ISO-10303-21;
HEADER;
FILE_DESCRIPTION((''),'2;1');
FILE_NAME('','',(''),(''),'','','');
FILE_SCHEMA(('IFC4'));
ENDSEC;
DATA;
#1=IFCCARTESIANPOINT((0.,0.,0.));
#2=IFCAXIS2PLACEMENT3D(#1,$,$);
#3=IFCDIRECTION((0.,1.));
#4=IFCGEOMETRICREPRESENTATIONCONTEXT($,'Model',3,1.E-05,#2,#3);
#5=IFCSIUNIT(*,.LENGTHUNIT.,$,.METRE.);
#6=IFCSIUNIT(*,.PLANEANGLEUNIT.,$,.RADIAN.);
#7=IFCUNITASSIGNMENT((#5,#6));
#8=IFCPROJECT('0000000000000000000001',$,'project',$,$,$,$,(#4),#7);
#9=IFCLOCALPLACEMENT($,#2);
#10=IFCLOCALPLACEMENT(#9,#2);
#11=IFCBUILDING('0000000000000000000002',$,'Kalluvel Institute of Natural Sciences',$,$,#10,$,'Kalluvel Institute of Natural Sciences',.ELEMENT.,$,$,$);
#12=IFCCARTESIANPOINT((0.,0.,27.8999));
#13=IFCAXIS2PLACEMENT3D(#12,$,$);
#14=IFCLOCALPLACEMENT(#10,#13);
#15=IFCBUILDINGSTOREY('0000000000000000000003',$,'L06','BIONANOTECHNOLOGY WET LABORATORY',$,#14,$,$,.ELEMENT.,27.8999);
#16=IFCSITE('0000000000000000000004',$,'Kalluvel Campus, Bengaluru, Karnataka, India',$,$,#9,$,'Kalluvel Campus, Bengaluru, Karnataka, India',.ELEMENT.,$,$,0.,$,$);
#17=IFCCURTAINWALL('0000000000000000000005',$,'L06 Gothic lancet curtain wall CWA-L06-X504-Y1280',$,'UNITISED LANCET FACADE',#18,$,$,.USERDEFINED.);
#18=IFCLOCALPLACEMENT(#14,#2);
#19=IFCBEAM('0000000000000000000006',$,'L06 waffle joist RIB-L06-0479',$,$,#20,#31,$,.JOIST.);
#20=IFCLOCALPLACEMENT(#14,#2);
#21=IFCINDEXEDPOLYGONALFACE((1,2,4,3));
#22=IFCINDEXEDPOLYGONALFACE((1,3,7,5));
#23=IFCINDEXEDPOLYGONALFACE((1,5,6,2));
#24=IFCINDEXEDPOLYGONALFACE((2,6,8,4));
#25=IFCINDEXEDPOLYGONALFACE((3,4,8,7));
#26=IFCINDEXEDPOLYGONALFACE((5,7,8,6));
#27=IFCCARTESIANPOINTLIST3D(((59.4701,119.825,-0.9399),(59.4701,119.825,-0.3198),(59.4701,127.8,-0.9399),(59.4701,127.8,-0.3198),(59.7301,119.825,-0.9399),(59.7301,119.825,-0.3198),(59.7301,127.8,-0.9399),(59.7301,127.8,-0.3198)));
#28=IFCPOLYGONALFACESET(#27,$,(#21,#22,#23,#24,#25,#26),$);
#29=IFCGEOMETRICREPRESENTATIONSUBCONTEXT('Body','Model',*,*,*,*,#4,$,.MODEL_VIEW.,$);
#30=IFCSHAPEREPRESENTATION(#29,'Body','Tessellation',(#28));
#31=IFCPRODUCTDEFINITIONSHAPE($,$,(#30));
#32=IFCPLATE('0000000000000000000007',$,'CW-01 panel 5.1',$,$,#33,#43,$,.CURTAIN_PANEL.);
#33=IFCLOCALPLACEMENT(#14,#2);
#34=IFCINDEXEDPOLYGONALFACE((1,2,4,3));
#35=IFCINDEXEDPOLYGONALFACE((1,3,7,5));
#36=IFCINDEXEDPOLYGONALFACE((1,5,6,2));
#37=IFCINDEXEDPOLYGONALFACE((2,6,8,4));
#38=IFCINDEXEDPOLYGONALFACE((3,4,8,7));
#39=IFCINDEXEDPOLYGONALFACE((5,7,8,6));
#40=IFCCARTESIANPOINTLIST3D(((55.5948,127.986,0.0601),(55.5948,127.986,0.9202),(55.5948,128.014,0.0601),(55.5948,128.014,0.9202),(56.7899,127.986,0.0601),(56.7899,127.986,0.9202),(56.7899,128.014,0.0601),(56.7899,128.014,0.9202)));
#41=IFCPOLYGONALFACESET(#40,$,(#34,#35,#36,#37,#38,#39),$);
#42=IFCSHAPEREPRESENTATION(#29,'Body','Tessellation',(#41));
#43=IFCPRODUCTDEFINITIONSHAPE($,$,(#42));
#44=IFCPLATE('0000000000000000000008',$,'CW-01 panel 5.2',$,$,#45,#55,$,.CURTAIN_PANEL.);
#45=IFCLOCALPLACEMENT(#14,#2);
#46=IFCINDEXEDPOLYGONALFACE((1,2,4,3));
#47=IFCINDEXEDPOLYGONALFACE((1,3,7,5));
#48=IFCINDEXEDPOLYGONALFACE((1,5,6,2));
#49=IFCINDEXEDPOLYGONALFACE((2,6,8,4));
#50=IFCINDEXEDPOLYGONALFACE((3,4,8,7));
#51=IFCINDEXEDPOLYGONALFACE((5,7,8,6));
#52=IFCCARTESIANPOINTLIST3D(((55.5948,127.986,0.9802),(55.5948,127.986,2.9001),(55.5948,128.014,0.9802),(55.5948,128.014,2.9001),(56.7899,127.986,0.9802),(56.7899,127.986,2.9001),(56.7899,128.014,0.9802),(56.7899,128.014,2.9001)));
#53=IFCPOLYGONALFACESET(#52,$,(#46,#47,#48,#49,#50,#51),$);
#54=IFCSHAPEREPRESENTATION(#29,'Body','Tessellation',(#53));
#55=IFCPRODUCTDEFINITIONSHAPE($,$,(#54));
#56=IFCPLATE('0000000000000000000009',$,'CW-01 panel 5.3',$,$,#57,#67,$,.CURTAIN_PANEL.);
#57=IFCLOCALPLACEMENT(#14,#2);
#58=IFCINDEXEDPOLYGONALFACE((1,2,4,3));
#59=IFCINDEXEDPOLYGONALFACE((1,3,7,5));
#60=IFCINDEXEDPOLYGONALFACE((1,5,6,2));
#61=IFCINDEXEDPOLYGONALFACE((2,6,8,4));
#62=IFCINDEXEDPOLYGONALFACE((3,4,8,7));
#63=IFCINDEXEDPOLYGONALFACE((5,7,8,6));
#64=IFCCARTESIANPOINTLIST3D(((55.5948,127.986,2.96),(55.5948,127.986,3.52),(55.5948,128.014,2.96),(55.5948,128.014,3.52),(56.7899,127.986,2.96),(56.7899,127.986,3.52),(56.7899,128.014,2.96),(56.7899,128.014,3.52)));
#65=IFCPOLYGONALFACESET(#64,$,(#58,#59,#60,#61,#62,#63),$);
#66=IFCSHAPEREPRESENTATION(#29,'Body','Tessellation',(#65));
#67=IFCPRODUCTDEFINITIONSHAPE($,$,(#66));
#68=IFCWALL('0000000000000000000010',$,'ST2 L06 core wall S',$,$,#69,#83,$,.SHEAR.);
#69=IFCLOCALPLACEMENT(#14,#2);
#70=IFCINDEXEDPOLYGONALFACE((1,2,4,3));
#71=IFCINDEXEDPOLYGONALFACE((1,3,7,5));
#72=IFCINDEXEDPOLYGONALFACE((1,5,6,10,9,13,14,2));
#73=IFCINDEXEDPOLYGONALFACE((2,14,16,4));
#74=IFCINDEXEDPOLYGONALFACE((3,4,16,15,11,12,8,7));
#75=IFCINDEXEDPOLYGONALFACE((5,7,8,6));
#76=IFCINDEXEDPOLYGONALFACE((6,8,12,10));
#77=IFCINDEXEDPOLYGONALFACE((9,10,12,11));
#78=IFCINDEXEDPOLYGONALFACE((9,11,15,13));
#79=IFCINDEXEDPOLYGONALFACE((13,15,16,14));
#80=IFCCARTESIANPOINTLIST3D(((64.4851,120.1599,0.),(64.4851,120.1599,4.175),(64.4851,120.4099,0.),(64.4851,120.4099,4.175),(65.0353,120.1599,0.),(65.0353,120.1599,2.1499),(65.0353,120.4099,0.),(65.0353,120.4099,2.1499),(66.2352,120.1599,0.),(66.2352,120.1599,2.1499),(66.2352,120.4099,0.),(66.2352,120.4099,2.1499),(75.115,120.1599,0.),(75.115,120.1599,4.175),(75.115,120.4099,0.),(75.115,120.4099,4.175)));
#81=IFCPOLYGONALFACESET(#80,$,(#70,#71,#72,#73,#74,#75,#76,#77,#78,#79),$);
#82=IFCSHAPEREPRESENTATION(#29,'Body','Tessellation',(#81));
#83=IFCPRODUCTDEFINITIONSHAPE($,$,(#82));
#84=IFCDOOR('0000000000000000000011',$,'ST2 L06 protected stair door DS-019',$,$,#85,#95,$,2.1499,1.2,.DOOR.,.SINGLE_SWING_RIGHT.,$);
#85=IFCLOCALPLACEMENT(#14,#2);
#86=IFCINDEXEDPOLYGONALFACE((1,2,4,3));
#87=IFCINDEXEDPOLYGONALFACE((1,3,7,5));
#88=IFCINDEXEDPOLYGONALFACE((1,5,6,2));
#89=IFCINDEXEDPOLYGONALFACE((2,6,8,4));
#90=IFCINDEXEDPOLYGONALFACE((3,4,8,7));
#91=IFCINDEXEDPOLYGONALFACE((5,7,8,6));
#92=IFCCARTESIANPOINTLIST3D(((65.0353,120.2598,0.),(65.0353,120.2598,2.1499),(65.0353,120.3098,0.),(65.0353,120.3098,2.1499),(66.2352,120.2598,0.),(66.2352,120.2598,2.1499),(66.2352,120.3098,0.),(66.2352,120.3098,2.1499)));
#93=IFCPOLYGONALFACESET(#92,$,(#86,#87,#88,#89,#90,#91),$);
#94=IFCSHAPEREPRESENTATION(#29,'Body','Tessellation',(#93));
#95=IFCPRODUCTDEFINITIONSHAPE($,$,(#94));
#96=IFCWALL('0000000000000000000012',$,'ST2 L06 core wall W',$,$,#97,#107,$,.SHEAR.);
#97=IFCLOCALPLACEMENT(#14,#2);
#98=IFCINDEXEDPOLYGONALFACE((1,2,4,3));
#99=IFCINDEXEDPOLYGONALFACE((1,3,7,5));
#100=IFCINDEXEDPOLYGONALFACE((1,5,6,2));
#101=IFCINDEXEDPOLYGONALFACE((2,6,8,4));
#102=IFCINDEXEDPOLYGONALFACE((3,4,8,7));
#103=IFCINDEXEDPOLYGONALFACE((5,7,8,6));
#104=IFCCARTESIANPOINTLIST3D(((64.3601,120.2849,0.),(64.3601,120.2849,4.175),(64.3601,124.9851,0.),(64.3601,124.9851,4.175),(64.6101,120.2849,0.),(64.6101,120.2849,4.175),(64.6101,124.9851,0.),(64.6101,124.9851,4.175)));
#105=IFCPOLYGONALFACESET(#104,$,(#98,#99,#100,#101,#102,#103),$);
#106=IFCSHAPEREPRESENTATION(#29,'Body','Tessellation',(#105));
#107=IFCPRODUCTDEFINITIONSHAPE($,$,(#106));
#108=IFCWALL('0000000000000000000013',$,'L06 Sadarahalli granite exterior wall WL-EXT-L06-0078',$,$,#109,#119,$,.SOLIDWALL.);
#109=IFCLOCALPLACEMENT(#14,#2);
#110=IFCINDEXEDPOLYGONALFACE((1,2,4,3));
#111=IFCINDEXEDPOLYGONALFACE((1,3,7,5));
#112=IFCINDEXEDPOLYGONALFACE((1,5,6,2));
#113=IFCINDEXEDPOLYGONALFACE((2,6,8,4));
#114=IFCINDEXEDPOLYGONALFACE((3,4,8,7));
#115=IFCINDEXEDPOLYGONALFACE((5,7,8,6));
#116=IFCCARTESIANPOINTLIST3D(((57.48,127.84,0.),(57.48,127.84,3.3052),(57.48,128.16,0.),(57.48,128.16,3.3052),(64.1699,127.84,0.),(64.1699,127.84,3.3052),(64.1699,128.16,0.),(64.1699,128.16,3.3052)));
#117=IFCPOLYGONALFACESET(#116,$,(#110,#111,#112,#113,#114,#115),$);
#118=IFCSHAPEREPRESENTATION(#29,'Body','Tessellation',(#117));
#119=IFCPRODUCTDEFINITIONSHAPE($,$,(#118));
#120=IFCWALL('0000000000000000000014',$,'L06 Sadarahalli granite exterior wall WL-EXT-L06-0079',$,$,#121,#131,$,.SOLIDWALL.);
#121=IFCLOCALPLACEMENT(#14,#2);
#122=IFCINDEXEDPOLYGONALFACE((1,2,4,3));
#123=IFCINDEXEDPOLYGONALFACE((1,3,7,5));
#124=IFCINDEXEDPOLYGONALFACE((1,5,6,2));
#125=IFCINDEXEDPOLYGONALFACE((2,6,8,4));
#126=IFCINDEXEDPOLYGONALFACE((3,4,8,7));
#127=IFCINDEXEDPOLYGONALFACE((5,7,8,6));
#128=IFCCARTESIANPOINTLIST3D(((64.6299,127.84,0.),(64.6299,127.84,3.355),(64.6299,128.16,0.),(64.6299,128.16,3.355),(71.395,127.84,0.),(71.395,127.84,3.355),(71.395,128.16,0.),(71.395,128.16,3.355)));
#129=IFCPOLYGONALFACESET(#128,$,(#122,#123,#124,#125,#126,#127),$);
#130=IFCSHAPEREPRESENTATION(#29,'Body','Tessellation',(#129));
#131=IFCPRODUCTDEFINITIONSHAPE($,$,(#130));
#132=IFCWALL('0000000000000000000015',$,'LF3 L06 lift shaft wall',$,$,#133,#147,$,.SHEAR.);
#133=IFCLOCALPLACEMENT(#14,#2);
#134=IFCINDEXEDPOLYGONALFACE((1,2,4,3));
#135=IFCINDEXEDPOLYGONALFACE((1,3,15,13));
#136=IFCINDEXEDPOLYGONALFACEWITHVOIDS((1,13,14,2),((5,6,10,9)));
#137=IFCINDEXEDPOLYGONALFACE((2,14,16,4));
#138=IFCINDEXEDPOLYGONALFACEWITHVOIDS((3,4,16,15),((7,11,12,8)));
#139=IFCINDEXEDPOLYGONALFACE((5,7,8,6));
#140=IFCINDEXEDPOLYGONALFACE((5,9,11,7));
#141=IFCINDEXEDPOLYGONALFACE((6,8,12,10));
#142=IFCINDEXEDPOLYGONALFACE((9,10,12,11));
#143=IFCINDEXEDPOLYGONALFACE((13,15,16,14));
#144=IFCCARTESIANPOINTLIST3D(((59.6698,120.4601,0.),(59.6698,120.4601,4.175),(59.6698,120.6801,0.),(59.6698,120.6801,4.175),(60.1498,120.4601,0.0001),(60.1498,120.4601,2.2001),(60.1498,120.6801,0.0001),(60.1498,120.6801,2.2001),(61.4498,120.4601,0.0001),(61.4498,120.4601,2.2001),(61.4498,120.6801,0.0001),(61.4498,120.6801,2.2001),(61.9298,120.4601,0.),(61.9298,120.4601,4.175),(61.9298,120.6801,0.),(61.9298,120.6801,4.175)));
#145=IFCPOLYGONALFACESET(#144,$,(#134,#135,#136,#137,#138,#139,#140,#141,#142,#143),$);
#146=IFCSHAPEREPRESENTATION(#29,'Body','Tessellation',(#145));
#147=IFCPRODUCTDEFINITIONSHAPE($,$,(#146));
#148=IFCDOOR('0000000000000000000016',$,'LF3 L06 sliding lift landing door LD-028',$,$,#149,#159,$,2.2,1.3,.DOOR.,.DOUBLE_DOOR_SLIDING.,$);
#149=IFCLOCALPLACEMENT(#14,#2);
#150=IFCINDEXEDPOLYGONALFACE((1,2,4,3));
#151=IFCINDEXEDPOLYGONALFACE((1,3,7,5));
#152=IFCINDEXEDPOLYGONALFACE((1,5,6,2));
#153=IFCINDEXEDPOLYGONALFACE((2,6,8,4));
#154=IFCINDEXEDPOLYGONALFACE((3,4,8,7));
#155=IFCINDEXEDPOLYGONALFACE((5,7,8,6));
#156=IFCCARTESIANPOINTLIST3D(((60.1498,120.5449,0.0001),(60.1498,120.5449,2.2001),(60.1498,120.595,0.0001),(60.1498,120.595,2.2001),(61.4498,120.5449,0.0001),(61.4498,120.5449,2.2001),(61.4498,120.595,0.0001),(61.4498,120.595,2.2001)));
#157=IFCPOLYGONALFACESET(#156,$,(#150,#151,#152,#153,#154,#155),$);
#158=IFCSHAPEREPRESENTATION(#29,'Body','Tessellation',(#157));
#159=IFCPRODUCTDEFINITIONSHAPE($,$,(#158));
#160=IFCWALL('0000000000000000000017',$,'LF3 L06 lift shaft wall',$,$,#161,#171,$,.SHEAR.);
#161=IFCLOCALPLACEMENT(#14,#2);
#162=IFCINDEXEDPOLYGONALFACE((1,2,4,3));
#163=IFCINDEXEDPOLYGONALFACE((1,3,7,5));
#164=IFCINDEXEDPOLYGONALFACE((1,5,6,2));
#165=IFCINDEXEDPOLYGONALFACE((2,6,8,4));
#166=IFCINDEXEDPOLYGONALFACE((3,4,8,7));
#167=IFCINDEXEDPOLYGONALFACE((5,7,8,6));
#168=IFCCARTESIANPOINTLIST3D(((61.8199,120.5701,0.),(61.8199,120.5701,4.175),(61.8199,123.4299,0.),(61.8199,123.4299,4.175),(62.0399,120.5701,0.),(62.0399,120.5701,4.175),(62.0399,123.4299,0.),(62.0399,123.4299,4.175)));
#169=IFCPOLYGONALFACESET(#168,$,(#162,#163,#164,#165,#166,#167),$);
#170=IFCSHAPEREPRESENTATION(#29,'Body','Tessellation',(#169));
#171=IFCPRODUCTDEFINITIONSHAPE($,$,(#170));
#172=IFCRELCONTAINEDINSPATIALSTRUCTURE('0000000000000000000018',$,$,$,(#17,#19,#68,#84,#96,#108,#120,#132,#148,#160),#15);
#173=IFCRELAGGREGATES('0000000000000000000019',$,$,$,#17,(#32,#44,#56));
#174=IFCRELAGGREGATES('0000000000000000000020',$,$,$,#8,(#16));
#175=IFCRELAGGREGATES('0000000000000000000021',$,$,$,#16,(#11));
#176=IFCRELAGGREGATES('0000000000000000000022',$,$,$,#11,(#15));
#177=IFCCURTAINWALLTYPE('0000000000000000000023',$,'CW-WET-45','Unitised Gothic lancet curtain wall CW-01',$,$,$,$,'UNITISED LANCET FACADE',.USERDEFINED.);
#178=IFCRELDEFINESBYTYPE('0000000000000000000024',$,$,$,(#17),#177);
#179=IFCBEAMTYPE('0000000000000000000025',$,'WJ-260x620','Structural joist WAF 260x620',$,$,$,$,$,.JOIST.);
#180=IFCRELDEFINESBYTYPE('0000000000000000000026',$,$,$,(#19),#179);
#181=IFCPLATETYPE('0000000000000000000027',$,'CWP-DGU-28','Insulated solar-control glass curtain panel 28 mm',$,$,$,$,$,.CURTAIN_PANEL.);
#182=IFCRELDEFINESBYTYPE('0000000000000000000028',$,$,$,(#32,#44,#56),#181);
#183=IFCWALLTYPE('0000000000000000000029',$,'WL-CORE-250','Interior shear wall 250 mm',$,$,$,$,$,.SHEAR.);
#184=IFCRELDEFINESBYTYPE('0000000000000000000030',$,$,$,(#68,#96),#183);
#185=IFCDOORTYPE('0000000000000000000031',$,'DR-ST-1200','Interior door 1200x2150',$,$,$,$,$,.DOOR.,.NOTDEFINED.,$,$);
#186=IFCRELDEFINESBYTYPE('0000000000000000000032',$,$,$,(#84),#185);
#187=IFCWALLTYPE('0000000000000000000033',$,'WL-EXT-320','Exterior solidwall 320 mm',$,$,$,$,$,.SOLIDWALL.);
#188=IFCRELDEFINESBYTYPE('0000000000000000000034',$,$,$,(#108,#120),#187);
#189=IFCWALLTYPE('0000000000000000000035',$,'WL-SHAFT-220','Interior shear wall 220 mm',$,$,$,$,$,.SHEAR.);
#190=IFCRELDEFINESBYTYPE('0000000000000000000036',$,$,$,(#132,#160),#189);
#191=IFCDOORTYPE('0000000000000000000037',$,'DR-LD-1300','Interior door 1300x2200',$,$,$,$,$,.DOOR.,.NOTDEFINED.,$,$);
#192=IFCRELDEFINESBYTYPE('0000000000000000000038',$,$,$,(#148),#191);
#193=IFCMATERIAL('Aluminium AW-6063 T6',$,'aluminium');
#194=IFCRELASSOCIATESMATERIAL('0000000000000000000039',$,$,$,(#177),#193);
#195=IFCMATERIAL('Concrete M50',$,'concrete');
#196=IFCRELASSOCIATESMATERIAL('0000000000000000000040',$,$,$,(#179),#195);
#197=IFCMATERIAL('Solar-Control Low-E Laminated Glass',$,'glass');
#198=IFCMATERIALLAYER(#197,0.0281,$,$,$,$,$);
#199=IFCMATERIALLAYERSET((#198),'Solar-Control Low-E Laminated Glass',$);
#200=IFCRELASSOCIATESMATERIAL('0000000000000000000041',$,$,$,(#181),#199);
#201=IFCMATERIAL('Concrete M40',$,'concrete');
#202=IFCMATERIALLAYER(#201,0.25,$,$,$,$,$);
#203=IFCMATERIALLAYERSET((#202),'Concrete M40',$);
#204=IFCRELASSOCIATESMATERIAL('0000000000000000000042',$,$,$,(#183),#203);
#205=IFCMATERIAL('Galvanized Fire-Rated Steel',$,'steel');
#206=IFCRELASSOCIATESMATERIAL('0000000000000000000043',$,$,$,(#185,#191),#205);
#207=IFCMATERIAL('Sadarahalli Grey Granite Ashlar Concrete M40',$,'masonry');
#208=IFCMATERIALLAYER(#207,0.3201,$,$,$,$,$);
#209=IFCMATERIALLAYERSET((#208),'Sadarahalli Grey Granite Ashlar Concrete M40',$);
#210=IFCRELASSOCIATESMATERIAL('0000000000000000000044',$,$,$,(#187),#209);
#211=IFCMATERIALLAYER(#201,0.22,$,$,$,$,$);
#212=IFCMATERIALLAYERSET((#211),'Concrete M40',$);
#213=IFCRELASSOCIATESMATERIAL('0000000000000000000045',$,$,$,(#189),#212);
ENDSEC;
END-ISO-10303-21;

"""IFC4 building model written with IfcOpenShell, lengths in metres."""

from ifc_helpers import new_model, si_unit, direction, frame, frame_2d, origin, origin_2d, place, context, subcontext, project, spatial, rectangle, extrude, material, layer, layer_set, material_profile, profile_set, type_object, element, fill, aggregate, save


model = new_model("IFC4")

# Units and contexts
model_context = context("Model", 3, precision=1e-05, world=origin(), true_north=direction((0.0, 1.0)))
body_context = subcontext(model_context, "Body", "Model", "MODEL_VIEW")
ifc_project = project(units=[si_unit("LENGTHUNIT", "METRE"), si_unit("PLANEANGLEUNIT", "RADIAN")], contexts=[model_context])

# Site, building, storey
site_placement = place(None, origin())
site = spatial("IfcSite", under=ifc_project, at=site_placement, Name="Kalluvel Campus, Bengaluru, Karnataka, India", LongName="Kalluvel Campus, Bengaluru, Karnataka, India", CompositionType="ELEMENT", RefElevation=0.0)
building_placement = place(site_placement, origin())
building = spatial("IfcBuilding", under=site, at=building_placement, Name="Kalluvel Institute of Natural Sciences", LongName="Kalluvel Institute of Natural Sciences", CompositionType="ELEMENT")
storey_placement = place(building_placement, frame((0.0, 0.0, 27.8999)))
storey = spatial("IfcBuildingStorey", under=building, at=storey_placement, Name="L06", Description="BIONANOTECHNOLOGY WET LABORATORY", CompositionType="ELEMENT", Elevation=27.8999)

# Shared definitions
ifc_material_1 = material(Name="Concrete M40", Category="concrete")

# Shared definitions
ifc_material_2 = material(Name="Concrete M50", Category="concrete")

# Curtain wall
ifc_material_3 = material(Name="Aluminium AW-6063 T6", Category="aluminium")
curtain_wall_type = type_object("IfcCurtainWallType", Name="CW-WET-45", Description="Unitised Gothic lancet curtain wall CW-01", ElementType="UNITISED LANCET FACADE", PredefinedType="USERDEFINED", material=ifc_material_3)
curtain_wall_placement = place(storey_placement, origin())
curtain_wall = element("IfcCurtainWall", 1, at=curtain_wall_placement, inside=storey, type_object=curtain_wall_type, Name="L06 Gothic lancet curtain wall CWA-L06-X504-Y1280", ObjectType="UNITISED LANCET FACADE", PredefinedType="USERDEFINED")

# Beam
ifc_material_profile_1 = material_profile(ifc_material_2, rectangle(XDim=0.26, YDim=0.6201, at=origin_2d()), Name="WAF 260x620")
ifc_profile_set_1 = profile_set([ifc_material_profile_1], Name="Concrete M50")
beam_type_1 = type_object("IfcBeamType", Name="WJ-260x620", Description="Structural joist WAF 260x620", PredefinedType="JOIST", material=ifc_profile_set_1)
beam_1_placement = place(storey_placement, frame((59.6001, 119.825, -0.6299), z_axis=(0.0, 1.0, 0.0), x_axis=(-1.0, 0.0, 0.0)))
element("IfcBeam", 2, at=beam_1_placement, inside=storey, type_object=beam_type_1, Name="L06 waffle joist RIB-L06-0479", PredefinedType="JOIST", context=body_context, shape_type="SweptSolid", body=[
    extrude(rectangle(XDim=0.26, YDim=0.6201, at=origin_2d()), origin(), (0.0, 0.0, 1.0), 7.9751),
])

# Plates
ifc_material_4 = material(Name="Solar-Control Low-E Laminated Glass", Category="glass")
ifc_layer_1 = layer(ifc_material_4, 0.0281)
ifc_layer_set_1 = layer_set([ifc_layer_1], Name="Solar-Control Low-E Laminated Glass")
plate_type = type_object("IfcPlateType", Name="CWP-DGU-28", Description="Insulated solar-control glass curtain panel 28 mm", PredefinedType="CURTAIN_PANEL", material=ifc_layer_set_1)
plate_1_placement = place(storey_placement, frame((56.1924, 128.0, 0.0601), z_axis=(0.0, 0.0, 1.0), x_axis=(1.0, 0.0, 0.0)))
plate_1 = element("IfcPlate", 3, at=plate_1_placement, type_object=plate_type, Name="CW-01 panel 5.1", PredefinedType="CURTAIN_PANEL", context=body_context, shape_type="SweptSolid", body=[
    extrude(rectangle(XDim=1.1951, YDim=0.0281, at=origin_2d()), origin(), (0.0, 0.0, 1.0), 0.8601),
])
plate_2_placement = place(storey_placement, frame((56.1924, 128.0, 0.9802), z_axis=(0.0, 0.0, 1.0), x_axis=(1.0, 0.0, 0.0)))
plate_2 = element("IfcPlate", 4, at=plate_2_placement, type_object=plate_type, Name="CW-01 panel 5.2", PredefinedType="CURTAIN_PANEL", context=body_context, shape_type="SweptSolid", body=[
    extrude(rectangle(XDim=1.1951, YDim=0.0281, at=origin_2d()), origin(), (0.0, 0.0, 1.0), 1.9199),
])
plate_3_placement = place(storey_placement, frame((56.1924, 128.0, 2.96), z_axis=(0.0, 0.0, 1.0), x_axis=(1.0, 0.0, 0.0)))
plate_3 = element("IfcPlate", 5, at=plate_3_placement, type_object=plate_type, Name="CW-01 panel 5.3", PredefinedType="CURTAIN_PANEL", context=body_context, shape_type="SweptSolid", body=[
    extrude(rectangle(XDim=1.1951, YDim=0.0281, at=origin_2d()), origin(), (0.0, 0.0, 1.0), 0.5601),
])
aggregate(curtain_wall, [plate_1, plate_2, plate_3])

# Wall, opening, door
ifc_layer_2 = layer(ifc_material_1, 0.25)
ifc_layer_set_2 = layer_set([ifc_layer_2], Name="Concrete M40")
wall_type_1 = type_object("IfcWallType", Name="WL-CORE-250", Description="Interior shear wall 250 mm", PredefinedType="SHEAR", material=ifc_layer_set_2)
wall_1_placement = place(storey_placement, frame((64.4851, 120.2849, 0.0), z_axis=(0.0, 0.0, 1.0), x_axis=(1.0, 0.0, 0.0)))
wall_1 = element("IfcWall", 6, at=wall_1_placement, inside=storey, type_object=wall_type_1, Name="ST2 L06 core wall S", PredefinedType="SHEAR", context=body_context, shape_type="SweptSolid", body=[
    extrude(rectangle(XDim=10.6299, YDim=0.25, at=frame_2d((5.3149, 0.0))), origin(), (0.0, 0.0, 1.0), 4.175),
])
opening_1_placement = place(wall_1_placement, frame((0.55, 0.0, 0.0)))
opening_1 = element("IfcOpeningElement", 7, at=opening_1_placement, cuts=wall_1, PredefinedType="OPENING", context=body_context, shape_type="SweptSolid", body=[
    extrude(rectangle(XDim=1.2, YDim=2.1499, at=frame_2d((0.6001, 1.075))), frame((0.0, 0.135, 0.0), z_axis=(0.0, -1.0, 0.0), x_axis=(1.0, 0.0, 0.0)), (0.0, 0.0, 1.0), 0.27),
])
ifc_material_5 = material(Name="Galvanized Fire-Rated Steel", Category="steel")
door_type_1 = type_object("IfcDoorType", Name="DR-ST-1200", Description="Interior door 1200x2150", OperationType="NOTDEFINED", PredefinedType="DOOR", material=ifc_material_5)
door_1_placement = place(opening_1_placement, origin())
door_1 = element("IfcDoor", 8, at=door_1_placement, inside=storey, type_object=door_type_1, Name="ST2 L06 protected stair door DS-019", OperationType="SINGLE_SWING_RIGHT", OverallHeight=2.1499, OverallWidth=1.2, PredefinedType="DOOR", context=body_context, shape_type="SweptSolid", body=[
    extrude(rectangle(XDim=1.2, YDim=2.1499, at=frame_2d((0.6001, 1.075))), frame((0.0, 0.0249, 0.0), z_axis=(0.0, -1.0, 0.0), x_axis=(1.0, 0.0, 0.0)), (0.0, 0.0, 1.0), 0.05),
])
fill(opening_1, door_1)

# Walls
wall_2_placement = place(storey_placement, frame((64.4851, 124.9851, 0.0), z_axis=(0.0, 0.0, 1.0), x_axis=(0.0, -1.0, 0.0)))
element("IfcWall", 9, at=wall_2_placement, inside=storey, type_object=wall_type_1, Name="ST2 L06 core wall W", PredefinedType="SHEAR", context=body_context, shape_type="SweptSolid", body=[
    extrude(rectangle(XDim=4.7002, YDim=0.25, at=frame_2d((2.3501, 0.0))), origin(), (0.0, 0.0, 1.0), 4.175),
])
ifc_material_6 = material(Name="Sadarahalli Grey Granite Ashlar Concrete M40", Category="masonry")
ifc_layer_3 = layer(ifc_material_6, 0.3201)
ifc_layer_set_3 = layer_set([ifc_layer_3], Name="Sadarahalli Grey Granite Ashlar Concrete M40")
wall_type_2 = type_object("IfcWallType", Name="WL-EXT-320", Description="Exterior solidwall 320 mm", PredefinedType="SOLIDWALL", material=ifc_layer_set_3)
wall_3_placement = place(storey_placement, frame((57.48, 128.0, 0.0), z_axis=(0.0, 0.0, 1.0), x_axis=(1.0, 0.0, 0.0)))
element("IfcWall", 10, at=wall_3_placement, inside=storey, type_object=wall_type_2, Name="L06 Sadarahalli granite exterior wall WL-EXT-L06-0078", PredefinedType="SOLIDWALL", context=body_context, shape_type="SweptSolid", body=[
    extrude(rectangle(XDim=6.6899, YDim=0.3201, at=frame_2d((3.345, 0.0))), origin(), (0.0, 0.0, 1.0), 3.3052),
])
wall_4_placement = place(storey_placement, frame((64.6299, 128.0, 0.0), z_axis=(0.0, 0.0, 1.0), x_axis=(1.0, 0.0, 0.0)))
element("IfcWall", 11, at=wall_4_placement, inside=storey, type_object=wall_type_2, Name="L06 Sadarahalli granite exterior wall WL-EXT-L06-0079", PredefinedType="SOLIDWALL", context=body_context, shape_type="SweptSolid", body=[
    extrude(rectangle(XDim=6.7651, YDim=0.3201, at=frame_2d((3.3826, 0.0))), origin(), (0.0, 0.0, 1.0), 3.355),
])

# Wall, opening, door
ifc_layer_4 = layer(ifc_material_1, 0.22)
ifc_layer_set_4 = layer_set([ifc_layer_4], Name="Concrete M40")
wall_type_3 = type_object("IfcWallType", Name="WL-SHAFT-220", Description="Interior shear wall 220 mm", PredefinedType="SHEAR", material=ifc_layer_set_4)
wall_5_placement = place(storey_placement, frame((59.6699, 120.5701, 0.0), z_axis=(0.0, 0.0, 1.0), x_axis=(1.0, 0.0, 0.0)))
wall_5 = element("IfcWall", 12, at=wall_5_placement, inside=storey, type_object=wall_type_3, Name="LF3 L06 lift shaft wall", PredefinedType="SHEAR", context=body_context, shape_type="SweptSolid", body=[
    extrude(rectangle(XDim=2.26, YDim=0.22, at=frame_2d((1.1299, 0.0))), origin(), (0.0, 0.0, 1.0), 4.175),
])
opening_2_placement = place(wall_5_placement, frame((0.48, 0.0, 0.0)))
opening_2 = element("IfcOpeningElement", 13, at=opening_2_placement, cuts=wall_5, PredefinedType="OPENING", context=body_context, shape_type="SweptSolid", body=[
    extrude(rectangle(XDim=1.3, YDim=2.2, at=frame_2d((0.6499, 1.1001))), frame((0.0, 0.1199, 0.0), z_axis=(0.0, -1.0, 0.0), x_axis=(1.0, 0.0, 0.0)), (0.0, 0.0, 1.0), 0.24),
])
door_type_2 = type_object("IfcDoorType", Name="DR-LD-1300", Description="Interior door 1300x2200", OperationType="NOTDEFINED", PredefinedType="DOOR", material=ifc_material_5)
door_2_placement = place(opening_2_placement, origin())
door_2 = element("IfcDoor", 14, at=door_2_placement, inside=storey, type_object=door_type_2, Name="LF3 L06 sliding lift landing door LD-028", OperationType="DOUBLE_DOOR_SLIDING", OverallHeight=2.2, OverallWidth=1.3, PredefinedType="DOOR", context=body_context, shape_type="SweptSolid", body=[
    extrude(rectangle(XDim=1.3, YDim=2.2, at=frame_2d((0.6499, 1.1001))), frame((0.0, 0.0249, 0.0), z_axis=(0.0, -1.0, 0.0), x_axis=(1.0, 0.0, 0.0)), (0.0, 0.0, 1.0), 0.05),
])
fill(opening_2, door_2)

# Wall
wall_6_placement = place(storey_placement, frame((61.9299, 120.5701, 0.0), z_axis=(0.0, 0.0, 1.0), x_axis=(0.0, 1.0, 0.0)))
element("IfcWall", 15, at=wall_6_placement, inside=storey, type_object=wall_type_3, Name="LF3 L06 lift shaft wall", PredefinedType="SHEAR", context=body_context, shape_type="SweptSolid", body=[
    extrude(rectangle(XDim=2.8599, YDim=0.22, at=frame_2d((1.4299, 0.0))), origin(), (0.0, 0.0, 1.0), 4.175),
])

save(model, "model.ifc")
